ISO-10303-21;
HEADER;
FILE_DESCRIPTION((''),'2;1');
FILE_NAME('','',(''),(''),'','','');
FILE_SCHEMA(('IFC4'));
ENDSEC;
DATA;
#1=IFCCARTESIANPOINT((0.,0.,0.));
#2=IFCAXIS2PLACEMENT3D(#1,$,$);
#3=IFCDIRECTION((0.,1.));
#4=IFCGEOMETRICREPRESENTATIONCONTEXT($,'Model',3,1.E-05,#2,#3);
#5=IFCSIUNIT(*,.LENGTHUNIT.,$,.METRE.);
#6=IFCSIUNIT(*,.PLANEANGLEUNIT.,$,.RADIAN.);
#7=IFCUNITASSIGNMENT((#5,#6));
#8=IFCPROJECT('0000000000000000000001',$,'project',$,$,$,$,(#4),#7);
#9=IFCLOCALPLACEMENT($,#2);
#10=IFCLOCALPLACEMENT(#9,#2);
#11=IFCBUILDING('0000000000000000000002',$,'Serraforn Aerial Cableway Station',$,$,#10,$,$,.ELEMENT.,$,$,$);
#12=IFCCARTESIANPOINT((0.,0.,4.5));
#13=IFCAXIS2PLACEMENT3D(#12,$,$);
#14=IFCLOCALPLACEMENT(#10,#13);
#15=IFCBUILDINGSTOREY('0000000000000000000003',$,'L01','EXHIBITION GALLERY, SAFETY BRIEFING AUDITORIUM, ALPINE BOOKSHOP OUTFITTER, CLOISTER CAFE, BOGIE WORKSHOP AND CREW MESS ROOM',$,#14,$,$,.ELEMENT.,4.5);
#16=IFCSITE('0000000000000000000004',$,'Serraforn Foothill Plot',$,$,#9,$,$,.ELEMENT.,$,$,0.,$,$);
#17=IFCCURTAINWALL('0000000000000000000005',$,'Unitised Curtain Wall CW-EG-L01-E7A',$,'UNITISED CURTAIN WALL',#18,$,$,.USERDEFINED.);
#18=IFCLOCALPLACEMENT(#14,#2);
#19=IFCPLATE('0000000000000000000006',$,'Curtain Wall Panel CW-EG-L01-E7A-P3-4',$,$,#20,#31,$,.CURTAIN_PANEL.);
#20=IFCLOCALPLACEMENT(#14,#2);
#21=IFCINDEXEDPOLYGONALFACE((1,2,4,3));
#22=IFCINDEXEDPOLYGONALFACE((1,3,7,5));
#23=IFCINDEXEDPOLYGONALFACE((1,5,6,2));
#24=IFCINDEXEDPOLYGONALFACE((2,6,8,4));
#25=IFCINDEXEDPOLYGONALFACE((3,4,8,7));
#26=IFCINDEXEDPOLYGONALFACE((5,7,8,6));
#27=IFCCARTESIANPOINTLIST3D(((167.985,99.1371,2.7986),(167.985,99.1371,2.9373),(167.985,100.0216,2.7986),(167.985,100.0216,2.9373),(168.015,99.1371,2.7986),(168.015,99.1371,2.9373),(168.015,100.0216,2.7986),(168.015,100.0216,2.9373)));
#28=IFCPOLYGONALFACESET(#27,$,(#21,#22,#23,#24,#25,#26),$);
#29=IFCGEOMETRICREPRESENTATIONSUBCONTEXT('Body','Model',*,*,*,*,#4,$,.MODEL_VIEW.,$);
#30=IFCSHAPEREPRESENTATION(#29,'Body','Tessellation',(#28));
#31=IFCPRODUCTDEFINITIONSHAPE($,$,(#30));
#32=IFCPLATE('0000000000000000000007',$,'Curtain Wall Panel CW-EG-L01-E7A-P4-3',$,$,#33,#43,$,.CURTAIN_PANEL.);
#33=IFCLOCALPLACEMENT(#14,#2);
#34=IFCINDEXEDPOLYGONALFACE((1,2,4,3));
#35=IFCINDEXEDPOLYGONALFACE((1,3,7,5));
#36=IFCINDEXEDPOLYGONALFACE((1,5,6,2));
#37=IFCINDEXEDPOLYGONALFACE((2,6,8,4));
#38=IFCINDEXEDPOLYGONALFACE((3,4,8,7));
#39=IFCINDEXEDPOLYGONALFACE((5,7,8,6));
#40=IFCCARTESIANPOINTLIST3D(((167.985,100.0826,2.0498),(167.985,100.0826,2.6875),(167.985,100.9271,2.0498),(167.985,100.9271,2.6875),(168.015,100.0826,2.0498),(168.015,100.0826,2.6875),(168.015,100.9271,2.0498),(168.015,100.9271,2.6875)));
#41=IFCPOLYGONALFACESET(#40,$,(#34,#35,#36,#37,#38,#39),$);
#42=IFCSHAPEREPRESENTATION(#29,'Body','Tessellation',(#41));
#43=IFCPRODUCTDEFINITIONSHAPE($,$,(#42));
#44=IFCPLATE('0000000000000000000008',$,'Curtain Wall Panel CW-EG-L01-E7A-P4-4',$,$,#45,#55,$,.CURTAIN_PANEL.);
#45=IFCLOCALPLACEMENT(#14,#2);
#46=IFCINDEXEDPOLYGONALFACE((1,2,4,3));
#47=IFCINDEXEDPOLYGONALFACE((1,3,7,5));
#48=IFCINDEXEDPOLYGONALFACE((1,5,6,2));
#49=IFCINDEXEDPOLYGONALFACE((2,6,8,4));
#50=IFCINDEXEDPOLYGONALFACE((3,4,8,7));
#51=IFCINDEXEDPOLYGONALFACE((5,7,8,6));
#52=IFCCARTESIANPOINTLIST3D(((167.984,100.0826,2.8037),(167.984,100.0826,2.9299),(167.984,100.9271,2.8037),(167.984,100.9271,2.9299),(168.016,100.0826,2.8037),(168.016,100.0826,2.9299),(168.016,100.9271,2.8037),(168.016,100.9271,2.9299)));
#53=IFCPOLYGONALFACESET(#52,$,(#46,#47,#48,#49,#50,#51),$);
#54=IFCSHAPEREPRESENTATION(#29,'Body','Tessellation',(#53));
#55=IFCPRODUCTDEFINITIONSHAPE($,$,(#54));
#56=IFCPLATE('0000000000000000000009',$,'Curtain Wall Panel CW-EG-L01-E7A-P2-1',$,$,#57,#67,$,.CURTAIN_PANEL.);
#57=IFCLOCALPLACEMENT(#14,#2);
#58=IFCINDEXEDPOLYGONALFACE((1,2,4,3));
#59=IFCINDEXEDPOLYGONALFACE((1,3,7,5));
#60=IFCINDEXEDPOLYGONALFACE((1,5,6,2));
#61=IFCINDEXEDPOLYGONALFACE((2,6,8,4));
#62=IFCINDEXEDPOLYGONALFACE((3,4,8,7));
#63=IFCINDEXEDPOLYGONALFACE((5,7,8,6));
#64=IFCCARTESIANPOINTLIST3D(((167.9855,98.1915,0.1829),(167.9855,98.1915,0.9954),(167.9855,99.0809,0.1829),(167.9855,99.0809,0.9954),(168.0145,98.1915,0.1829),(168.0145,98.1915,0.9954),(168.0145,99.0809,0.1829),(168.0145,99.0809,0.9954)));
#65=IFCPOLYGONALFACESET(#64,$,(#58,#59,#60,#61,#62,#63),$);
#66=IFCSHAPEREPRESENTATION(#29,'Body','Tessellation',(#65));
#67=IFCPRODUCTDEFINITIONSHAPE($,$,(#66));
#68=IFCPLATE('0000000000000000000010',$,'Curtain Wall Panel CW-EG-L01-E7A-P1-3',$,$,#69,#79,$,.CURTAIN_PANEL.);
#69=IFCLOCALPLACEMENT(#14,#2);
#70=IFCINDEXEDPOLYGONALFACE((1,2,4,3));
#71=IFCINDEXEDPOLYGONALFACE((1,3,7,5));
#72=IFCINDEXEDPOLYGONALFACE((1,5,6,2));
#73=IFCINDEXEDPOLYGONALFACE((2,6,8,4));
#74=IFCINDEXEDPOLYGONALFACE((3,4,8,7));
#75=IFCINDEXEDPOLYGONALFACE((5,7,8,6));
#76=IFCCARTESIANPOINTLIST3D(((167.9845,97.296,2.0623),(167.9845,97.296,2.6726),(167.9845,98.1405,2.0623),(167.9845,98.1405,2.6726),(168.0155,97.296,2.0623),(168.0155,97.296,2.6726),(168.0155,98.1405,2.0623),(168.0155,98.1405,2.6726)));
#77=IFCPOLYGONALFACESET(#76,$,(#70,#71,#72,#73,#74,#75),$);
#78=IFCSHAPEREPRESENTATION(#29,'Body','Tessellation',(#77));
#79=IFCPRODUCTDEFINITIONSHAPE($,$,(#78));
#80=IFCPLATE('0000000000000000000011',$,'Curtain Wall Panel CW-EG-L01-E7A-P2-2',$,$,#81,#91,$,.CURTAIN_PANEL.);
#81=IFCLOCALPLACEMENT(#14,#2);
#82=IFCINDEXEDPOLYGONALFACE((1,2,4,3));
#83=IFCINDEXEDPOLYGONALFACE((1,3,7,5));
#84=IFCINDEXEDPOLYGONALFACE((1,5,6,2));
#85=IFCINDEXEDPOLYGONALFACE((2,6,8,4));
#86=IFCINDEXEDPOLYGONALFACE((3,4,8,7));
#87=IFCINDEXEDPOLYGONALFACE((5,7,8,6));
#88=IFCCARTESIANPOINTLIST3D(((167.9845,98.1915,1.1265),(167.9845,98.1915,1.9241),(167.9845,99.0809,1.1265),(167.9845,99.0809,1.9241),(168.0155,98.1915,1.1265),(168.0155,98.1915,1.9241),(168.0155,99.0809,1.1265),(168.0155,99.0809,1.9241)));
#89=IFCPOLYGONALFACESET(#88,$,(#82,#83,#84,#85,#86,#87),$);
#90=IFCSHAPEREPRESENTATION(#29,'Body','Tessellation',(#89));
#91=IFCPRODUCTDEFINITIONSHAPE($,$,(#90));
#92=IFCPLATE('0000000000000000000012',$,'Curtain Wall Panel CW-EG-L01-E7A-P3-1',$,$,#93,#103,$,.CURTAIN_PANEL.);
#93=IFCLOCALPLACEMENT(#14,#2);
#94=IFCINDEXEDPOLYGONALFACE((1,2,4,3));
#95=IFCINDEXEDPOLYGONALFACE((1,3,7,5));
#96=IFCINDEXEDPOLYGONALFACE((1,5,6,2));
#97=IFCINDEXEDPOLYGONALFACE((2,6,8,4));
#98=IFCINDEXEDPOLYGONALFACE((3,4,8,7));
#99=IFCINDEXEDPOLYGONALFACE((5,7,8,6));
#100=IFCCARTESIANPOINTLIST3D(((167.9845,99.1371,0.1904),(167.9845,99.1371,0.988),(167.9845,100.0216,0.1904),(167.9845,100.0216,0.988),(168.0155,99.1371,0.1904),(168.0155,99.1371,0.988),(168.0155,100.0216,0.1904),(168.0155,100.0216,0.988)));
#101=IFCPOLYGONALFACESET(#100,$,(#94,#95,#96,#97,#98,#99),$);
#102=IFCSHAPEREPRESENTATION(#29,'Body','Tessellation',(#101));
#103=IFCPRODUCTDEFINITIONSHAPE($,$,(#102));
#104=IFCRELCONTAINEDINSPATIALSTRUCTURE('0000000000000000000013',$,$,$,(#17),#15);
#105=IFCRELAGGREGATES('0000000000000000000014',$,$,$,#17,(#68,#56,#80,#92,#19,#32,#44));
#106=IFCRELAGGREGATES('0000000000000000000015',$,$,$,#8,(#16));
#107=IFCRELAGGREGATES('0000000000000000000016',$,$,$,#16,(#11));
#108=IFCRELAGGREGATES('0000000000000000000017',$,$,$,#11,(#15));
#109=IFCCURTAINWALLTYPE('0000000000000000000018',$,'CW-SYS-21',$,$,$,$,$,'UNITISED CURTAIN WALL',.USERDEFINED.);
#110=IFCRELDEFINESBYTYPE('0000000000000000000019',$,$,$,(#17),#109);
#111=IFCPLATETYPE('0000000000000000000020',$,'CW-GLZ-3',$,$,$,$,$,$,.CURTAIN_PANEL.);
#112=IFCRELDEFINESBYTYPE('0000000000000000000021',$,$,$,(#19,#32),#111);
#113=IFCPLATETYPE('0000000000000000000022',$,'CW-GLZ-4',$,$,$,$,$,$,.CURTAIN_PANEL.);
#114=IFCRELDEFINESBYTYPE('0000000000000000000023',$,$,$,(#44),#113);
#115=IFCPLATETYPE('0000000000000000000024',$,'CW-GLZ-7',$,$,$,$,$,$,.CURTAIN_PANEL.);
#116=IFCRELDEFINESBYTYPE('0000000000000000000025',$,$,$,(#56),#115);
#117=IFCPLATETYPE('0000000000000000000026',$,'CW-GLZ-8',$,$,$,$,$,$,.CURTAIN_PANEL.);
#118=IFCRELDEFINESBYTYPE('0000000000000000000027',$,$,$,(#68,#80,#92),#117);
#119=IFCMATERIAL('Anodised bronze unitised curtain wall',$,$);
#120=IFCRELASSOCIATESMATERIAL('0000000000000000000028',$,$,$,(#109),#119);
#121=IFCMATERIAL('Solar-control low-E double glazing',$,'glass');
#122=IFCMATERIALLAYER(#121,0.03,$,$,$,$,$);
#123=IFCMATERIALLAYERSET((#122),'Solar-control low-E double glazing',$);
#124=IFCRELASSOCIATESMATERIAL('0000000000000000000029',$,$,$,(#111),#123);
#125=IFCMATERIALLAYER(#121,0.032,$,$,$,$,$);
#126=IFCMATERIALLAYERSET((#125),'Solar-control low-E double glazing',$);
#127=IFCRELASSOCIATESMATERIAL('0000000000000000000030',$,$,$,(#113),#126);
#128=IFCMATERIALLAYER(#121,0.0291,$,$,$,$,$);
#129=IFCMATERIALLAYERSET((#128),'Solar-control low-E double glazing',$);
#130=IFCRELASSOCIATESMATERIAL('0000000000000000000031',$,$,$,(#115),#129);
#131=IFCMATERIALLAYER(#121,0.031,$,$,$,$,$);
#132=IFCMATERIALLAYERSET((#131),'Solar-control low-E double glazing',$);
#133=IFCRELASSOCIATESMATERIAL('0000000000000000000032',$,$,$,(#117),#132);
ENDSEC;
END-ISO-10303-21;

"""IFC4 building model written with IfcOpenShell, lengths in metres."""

from ifc_helpers import new_model, si_unit, direction, frame, origin, origin_2d, place, context, subcontext, project, spatial, rectangle, extrude, material, layer, layer_set, type_object, element, aggregate, save


model = new_model("IFC4")

# Units and contexts
model_context = context("Model", 3, precision=1e-05, world=origin(), true_north=direction((0.0, 1.0)))
body_context = subcontext(model_context, "Body", "Model", "MODEL_VIEW")
ifc_project = project(units=[si_unit("LENGTHUNIT", "METRE"), si_unit("PLANEANGLEUNIT", "RADIAN")], contexts=[model_context])

# Site, building, storey
site_placement = place(None, origin())
site = spatial("IfcSite", under=ifc_project, at=site_placement, Name="Serraforn Foothill Plot", CompositionType="ELEMENT", RefElevation=0.0)
building_placement = place(site_placement, origin())
building = spatial("IfcBuilding", under=site, at=building_placement, Name="Serraforn Aerial Cableway Station", CompositionType="ELEMENT")
storey_placement = place(building_placement, frame((0.0, 0.0, 4.5)))
storey = spatial("IfcBuildingStorey", under=building, at=storey_placement, Name="L01", Description="EXHIBITION GALLERY, SAFETY BRIEFING AUDITORIUM, ALPINE BOOKSHOP OUTFITTER, CLOISTER CAFE, BOGIE WORKSHOP AND CREW MESS ROOM", CompositionType="ELEMENT", Elevation=4.5)

# Curtain wall, plates
ifc_material_1 = material(Name="Anodised bronze unitised curtain wall")
curtain_wall_type = type_object("IfcCurtainWallType", Name="CW-SYS-21", ElementType="UNITISED CURTAIN WALL", PredefinedType="USERDEFINED", material=ifc_material_1)
curtain_wall_placement = place(storey_placement, origin())
curtain_wall = element("IfcCurtainWall", 1, at=curtain_wall_placement, inside=storey, type_object=curtain_wall_type, Name="Unitised Curtain Wall CW-EG-L01-E7A", ObjectType="UNITISED CURTAIN WALL", PredefinedType="USERDEFINED")
ifc_material_2 = material(Name="Solar-control low-E double glazing", Category="glass")
ifc_layer_1 = layer(ifc_material_2, 0.03)
ifc_layer_set_1 = layer_set([ifc_layer_1], Name="Solar-control low-E double glazing")
plate_type_1 = type_object("IfcPlateType", Name="CW-GLZ-3", PredefinedType="CURTAIN_PANEL", material=ifc_layer_set_1)
plate_1_placement = place(storey_placement, frame((168.0, 99.5793, 2.7986), z_axis=(0.0, 0.0, 1.0), x_axis=(1.0, 0.0, 0.0)))
plate_1 = element("IfcPlate", 2, at=plate_1_placement, type_object=plate_type_1, Name="Curtain Wall Panel CW-EG-L01-E7A-P3-4", PredefinedType="CURTAIN_PANEL", context=body_context, shape_type="SweptSolid", body=[
    extrude(rectangle(XDim=0.03, YDim=0.8845, at=origin_2d()), origin(), (0.0, 0.0, 1.0), 0.1387),
])
plate_2_placement = place(storey_placement, frame((168.0, 100.5049, 2.0498), z_axis=(0.0, 0.0, 1.0), x_axis=(1.0, 0.0, 0.0)))
plate_2 = element("IfcPlate", 3, at=plate_2_placement, type_object=plate_type_1, Name="Curtain Wall Panel CW-EG-L01-E7A-P4-3", PredefinedType="CURTAIN_PANEL", context=body_context, shape_type="SweptSolid", body=[
    extrude(rectangle(XDim=0.03, YDim=0.8445, at=origin_2d()), origin(), (0.0, 0.0, 1.0), 0.6377),
])
ifc_layer_2 = layer(ifc_material_2, 0.032)
ifc_layer_set_2 = layer_set([ifc_layer_2], Name="Solar-control low-E double glazing")
plate_type_2 = type_object("IfcPlateType", Name="CW-GLZ-4", PredefinedType="CURTAIN_PANEL", material=ifc_layer_set_2)
plate_3_placement = place(storey_placement, frame((168.0, 100.5049, 2.8037), z_axis=(0.0, 0.0, 1.0), x_axis=(1.0, 0.0, 0.0)))
plate_3 = element("IfcPlate", 4, at=plate_3_placement, type_object=plate_type_2, Name="Curtain Wall Panel CW-EG-L01-E7A-P4-4", PredefinedType="CURTAIN_PANEL", context=body_context, shape_type="SweptSolid", body=[
    extrude(rectangle(XDim=0.032, YDim=0.8445, at=origin_2d()), origin(), (0.0, 0.0, 1.0), 0.1262),
])
ifc_layer_3 = layer(ifc_material_2, 0.0291)
ifc_layer_set_3 = layer_set([ifc_layer_3], Name="Solar-control low-E double glazing")
plate_type_3 = type_object("IfcPlateType", Name="CW-GLZ-7", PredefinedType="CURTAIN_PANEL", material=ifc_layer_set_3)
plate_4_placement = place(storey_placement, frame((168.0, 98.6362, 0.1829), z_axis=(0.0, 0.0, 1.0), x_axis=(1.0, 0.0, 0.0)))
plate_4 = element("IfcPlate", 5, at=plate_4_placement, type_object=plate_type_3, Name="Curtain Wall Panel CW-EG-L01-E7A-P2-1", PredefinedType="CURTAIN_PANEL", context=body_context, shape_type="SweptSolid", body=[
    extrude(rectangle(XDim=0.0291, YDim=0.8894, at=origin_2d()), origin(), (0.0, 0.0, 1.0), 0.8125),
])
ifc_layer_4 = layer(ifc_material_2, 0.031)
ifc_layer_set_4 = layer_set([ifc_layer_4], Name="Solar-control low-E double glazing")
plate_type_4 = type_object("IfcPlateType", Name="CW-GLZ-8", PredefinedType="CURTAIN_PANEL", material=ifc_layer_set_4)
plate_5_placement = place(storey_placement, frame((168.0, 97.7183, 2.0623), z_axis=(0.0, 0.0, 1.0), x_axis=(1.0, 0.0, 0.0)))
plate_5 = element("IfcPlate", 6, at=plate_5_placement, type_object=plate_type_4, Name="Curtain Wall Panel CW-EG-L01-E7A-P1-3", PredefinedType="CURTAIN_PANEL", context=body_context, shape_type="SweptSolid", body=[
    extrude(rectangle(XDim=0.031, YDim=0.8445, at=origin_2d()), origin(), (0.0, 0.0, 1.0), 0.6104),
])
plate_6_placement = place(storey_placement, frame((168.0, 98.6362, 1.1265), z_axis=(0.0, 0.0, 1.0), x_axis=(1.0, 0.0, 0.0)))
plate_6 = element("IfcPlate", 7, at=plate_6_placement, type_object=plate_type_4, Name="Curtain Wall Panel CW-EG-L01-E7A-P2-2", PredefinedType="CURTAIN_PANEL", context=body_context, shape_type="SweptSolid", body=[
    extrude(rectangle(XDim=0.031, YDim=0.8894, at=origin_2d()), origin(), (0.0, 0.0, 1.0), 0.7976),
])
plate_7_placement = place(storey_placement, frame((168.0, 99.5793, 0.1904), z_axis=(0.0, 0.0, 1.0), x_axis=(1.0, 0.0, 0.0)))
plate_7 = element("IfcPlate", 8, at=plate_7_placement, type_object=plate_type_4, Name="Curtain Wall Panel CW-EG-L01-E7A-P3-1", PredefinedType="CURTAIN_PANEL", context=body_context, shape_type="SweptSolid", body=[
    extrude(rectangle(XDim=0.031, YDim=0.8845, at=origin_2d()), origin(), (0.0, 0.0, 1.0), 0.7976),
])
aggregate(curtain_wall, [plate_5, plate_4, plate_6, plate_7, plate_1, plate_2, plate_3])

save(model, "model.ifc")
